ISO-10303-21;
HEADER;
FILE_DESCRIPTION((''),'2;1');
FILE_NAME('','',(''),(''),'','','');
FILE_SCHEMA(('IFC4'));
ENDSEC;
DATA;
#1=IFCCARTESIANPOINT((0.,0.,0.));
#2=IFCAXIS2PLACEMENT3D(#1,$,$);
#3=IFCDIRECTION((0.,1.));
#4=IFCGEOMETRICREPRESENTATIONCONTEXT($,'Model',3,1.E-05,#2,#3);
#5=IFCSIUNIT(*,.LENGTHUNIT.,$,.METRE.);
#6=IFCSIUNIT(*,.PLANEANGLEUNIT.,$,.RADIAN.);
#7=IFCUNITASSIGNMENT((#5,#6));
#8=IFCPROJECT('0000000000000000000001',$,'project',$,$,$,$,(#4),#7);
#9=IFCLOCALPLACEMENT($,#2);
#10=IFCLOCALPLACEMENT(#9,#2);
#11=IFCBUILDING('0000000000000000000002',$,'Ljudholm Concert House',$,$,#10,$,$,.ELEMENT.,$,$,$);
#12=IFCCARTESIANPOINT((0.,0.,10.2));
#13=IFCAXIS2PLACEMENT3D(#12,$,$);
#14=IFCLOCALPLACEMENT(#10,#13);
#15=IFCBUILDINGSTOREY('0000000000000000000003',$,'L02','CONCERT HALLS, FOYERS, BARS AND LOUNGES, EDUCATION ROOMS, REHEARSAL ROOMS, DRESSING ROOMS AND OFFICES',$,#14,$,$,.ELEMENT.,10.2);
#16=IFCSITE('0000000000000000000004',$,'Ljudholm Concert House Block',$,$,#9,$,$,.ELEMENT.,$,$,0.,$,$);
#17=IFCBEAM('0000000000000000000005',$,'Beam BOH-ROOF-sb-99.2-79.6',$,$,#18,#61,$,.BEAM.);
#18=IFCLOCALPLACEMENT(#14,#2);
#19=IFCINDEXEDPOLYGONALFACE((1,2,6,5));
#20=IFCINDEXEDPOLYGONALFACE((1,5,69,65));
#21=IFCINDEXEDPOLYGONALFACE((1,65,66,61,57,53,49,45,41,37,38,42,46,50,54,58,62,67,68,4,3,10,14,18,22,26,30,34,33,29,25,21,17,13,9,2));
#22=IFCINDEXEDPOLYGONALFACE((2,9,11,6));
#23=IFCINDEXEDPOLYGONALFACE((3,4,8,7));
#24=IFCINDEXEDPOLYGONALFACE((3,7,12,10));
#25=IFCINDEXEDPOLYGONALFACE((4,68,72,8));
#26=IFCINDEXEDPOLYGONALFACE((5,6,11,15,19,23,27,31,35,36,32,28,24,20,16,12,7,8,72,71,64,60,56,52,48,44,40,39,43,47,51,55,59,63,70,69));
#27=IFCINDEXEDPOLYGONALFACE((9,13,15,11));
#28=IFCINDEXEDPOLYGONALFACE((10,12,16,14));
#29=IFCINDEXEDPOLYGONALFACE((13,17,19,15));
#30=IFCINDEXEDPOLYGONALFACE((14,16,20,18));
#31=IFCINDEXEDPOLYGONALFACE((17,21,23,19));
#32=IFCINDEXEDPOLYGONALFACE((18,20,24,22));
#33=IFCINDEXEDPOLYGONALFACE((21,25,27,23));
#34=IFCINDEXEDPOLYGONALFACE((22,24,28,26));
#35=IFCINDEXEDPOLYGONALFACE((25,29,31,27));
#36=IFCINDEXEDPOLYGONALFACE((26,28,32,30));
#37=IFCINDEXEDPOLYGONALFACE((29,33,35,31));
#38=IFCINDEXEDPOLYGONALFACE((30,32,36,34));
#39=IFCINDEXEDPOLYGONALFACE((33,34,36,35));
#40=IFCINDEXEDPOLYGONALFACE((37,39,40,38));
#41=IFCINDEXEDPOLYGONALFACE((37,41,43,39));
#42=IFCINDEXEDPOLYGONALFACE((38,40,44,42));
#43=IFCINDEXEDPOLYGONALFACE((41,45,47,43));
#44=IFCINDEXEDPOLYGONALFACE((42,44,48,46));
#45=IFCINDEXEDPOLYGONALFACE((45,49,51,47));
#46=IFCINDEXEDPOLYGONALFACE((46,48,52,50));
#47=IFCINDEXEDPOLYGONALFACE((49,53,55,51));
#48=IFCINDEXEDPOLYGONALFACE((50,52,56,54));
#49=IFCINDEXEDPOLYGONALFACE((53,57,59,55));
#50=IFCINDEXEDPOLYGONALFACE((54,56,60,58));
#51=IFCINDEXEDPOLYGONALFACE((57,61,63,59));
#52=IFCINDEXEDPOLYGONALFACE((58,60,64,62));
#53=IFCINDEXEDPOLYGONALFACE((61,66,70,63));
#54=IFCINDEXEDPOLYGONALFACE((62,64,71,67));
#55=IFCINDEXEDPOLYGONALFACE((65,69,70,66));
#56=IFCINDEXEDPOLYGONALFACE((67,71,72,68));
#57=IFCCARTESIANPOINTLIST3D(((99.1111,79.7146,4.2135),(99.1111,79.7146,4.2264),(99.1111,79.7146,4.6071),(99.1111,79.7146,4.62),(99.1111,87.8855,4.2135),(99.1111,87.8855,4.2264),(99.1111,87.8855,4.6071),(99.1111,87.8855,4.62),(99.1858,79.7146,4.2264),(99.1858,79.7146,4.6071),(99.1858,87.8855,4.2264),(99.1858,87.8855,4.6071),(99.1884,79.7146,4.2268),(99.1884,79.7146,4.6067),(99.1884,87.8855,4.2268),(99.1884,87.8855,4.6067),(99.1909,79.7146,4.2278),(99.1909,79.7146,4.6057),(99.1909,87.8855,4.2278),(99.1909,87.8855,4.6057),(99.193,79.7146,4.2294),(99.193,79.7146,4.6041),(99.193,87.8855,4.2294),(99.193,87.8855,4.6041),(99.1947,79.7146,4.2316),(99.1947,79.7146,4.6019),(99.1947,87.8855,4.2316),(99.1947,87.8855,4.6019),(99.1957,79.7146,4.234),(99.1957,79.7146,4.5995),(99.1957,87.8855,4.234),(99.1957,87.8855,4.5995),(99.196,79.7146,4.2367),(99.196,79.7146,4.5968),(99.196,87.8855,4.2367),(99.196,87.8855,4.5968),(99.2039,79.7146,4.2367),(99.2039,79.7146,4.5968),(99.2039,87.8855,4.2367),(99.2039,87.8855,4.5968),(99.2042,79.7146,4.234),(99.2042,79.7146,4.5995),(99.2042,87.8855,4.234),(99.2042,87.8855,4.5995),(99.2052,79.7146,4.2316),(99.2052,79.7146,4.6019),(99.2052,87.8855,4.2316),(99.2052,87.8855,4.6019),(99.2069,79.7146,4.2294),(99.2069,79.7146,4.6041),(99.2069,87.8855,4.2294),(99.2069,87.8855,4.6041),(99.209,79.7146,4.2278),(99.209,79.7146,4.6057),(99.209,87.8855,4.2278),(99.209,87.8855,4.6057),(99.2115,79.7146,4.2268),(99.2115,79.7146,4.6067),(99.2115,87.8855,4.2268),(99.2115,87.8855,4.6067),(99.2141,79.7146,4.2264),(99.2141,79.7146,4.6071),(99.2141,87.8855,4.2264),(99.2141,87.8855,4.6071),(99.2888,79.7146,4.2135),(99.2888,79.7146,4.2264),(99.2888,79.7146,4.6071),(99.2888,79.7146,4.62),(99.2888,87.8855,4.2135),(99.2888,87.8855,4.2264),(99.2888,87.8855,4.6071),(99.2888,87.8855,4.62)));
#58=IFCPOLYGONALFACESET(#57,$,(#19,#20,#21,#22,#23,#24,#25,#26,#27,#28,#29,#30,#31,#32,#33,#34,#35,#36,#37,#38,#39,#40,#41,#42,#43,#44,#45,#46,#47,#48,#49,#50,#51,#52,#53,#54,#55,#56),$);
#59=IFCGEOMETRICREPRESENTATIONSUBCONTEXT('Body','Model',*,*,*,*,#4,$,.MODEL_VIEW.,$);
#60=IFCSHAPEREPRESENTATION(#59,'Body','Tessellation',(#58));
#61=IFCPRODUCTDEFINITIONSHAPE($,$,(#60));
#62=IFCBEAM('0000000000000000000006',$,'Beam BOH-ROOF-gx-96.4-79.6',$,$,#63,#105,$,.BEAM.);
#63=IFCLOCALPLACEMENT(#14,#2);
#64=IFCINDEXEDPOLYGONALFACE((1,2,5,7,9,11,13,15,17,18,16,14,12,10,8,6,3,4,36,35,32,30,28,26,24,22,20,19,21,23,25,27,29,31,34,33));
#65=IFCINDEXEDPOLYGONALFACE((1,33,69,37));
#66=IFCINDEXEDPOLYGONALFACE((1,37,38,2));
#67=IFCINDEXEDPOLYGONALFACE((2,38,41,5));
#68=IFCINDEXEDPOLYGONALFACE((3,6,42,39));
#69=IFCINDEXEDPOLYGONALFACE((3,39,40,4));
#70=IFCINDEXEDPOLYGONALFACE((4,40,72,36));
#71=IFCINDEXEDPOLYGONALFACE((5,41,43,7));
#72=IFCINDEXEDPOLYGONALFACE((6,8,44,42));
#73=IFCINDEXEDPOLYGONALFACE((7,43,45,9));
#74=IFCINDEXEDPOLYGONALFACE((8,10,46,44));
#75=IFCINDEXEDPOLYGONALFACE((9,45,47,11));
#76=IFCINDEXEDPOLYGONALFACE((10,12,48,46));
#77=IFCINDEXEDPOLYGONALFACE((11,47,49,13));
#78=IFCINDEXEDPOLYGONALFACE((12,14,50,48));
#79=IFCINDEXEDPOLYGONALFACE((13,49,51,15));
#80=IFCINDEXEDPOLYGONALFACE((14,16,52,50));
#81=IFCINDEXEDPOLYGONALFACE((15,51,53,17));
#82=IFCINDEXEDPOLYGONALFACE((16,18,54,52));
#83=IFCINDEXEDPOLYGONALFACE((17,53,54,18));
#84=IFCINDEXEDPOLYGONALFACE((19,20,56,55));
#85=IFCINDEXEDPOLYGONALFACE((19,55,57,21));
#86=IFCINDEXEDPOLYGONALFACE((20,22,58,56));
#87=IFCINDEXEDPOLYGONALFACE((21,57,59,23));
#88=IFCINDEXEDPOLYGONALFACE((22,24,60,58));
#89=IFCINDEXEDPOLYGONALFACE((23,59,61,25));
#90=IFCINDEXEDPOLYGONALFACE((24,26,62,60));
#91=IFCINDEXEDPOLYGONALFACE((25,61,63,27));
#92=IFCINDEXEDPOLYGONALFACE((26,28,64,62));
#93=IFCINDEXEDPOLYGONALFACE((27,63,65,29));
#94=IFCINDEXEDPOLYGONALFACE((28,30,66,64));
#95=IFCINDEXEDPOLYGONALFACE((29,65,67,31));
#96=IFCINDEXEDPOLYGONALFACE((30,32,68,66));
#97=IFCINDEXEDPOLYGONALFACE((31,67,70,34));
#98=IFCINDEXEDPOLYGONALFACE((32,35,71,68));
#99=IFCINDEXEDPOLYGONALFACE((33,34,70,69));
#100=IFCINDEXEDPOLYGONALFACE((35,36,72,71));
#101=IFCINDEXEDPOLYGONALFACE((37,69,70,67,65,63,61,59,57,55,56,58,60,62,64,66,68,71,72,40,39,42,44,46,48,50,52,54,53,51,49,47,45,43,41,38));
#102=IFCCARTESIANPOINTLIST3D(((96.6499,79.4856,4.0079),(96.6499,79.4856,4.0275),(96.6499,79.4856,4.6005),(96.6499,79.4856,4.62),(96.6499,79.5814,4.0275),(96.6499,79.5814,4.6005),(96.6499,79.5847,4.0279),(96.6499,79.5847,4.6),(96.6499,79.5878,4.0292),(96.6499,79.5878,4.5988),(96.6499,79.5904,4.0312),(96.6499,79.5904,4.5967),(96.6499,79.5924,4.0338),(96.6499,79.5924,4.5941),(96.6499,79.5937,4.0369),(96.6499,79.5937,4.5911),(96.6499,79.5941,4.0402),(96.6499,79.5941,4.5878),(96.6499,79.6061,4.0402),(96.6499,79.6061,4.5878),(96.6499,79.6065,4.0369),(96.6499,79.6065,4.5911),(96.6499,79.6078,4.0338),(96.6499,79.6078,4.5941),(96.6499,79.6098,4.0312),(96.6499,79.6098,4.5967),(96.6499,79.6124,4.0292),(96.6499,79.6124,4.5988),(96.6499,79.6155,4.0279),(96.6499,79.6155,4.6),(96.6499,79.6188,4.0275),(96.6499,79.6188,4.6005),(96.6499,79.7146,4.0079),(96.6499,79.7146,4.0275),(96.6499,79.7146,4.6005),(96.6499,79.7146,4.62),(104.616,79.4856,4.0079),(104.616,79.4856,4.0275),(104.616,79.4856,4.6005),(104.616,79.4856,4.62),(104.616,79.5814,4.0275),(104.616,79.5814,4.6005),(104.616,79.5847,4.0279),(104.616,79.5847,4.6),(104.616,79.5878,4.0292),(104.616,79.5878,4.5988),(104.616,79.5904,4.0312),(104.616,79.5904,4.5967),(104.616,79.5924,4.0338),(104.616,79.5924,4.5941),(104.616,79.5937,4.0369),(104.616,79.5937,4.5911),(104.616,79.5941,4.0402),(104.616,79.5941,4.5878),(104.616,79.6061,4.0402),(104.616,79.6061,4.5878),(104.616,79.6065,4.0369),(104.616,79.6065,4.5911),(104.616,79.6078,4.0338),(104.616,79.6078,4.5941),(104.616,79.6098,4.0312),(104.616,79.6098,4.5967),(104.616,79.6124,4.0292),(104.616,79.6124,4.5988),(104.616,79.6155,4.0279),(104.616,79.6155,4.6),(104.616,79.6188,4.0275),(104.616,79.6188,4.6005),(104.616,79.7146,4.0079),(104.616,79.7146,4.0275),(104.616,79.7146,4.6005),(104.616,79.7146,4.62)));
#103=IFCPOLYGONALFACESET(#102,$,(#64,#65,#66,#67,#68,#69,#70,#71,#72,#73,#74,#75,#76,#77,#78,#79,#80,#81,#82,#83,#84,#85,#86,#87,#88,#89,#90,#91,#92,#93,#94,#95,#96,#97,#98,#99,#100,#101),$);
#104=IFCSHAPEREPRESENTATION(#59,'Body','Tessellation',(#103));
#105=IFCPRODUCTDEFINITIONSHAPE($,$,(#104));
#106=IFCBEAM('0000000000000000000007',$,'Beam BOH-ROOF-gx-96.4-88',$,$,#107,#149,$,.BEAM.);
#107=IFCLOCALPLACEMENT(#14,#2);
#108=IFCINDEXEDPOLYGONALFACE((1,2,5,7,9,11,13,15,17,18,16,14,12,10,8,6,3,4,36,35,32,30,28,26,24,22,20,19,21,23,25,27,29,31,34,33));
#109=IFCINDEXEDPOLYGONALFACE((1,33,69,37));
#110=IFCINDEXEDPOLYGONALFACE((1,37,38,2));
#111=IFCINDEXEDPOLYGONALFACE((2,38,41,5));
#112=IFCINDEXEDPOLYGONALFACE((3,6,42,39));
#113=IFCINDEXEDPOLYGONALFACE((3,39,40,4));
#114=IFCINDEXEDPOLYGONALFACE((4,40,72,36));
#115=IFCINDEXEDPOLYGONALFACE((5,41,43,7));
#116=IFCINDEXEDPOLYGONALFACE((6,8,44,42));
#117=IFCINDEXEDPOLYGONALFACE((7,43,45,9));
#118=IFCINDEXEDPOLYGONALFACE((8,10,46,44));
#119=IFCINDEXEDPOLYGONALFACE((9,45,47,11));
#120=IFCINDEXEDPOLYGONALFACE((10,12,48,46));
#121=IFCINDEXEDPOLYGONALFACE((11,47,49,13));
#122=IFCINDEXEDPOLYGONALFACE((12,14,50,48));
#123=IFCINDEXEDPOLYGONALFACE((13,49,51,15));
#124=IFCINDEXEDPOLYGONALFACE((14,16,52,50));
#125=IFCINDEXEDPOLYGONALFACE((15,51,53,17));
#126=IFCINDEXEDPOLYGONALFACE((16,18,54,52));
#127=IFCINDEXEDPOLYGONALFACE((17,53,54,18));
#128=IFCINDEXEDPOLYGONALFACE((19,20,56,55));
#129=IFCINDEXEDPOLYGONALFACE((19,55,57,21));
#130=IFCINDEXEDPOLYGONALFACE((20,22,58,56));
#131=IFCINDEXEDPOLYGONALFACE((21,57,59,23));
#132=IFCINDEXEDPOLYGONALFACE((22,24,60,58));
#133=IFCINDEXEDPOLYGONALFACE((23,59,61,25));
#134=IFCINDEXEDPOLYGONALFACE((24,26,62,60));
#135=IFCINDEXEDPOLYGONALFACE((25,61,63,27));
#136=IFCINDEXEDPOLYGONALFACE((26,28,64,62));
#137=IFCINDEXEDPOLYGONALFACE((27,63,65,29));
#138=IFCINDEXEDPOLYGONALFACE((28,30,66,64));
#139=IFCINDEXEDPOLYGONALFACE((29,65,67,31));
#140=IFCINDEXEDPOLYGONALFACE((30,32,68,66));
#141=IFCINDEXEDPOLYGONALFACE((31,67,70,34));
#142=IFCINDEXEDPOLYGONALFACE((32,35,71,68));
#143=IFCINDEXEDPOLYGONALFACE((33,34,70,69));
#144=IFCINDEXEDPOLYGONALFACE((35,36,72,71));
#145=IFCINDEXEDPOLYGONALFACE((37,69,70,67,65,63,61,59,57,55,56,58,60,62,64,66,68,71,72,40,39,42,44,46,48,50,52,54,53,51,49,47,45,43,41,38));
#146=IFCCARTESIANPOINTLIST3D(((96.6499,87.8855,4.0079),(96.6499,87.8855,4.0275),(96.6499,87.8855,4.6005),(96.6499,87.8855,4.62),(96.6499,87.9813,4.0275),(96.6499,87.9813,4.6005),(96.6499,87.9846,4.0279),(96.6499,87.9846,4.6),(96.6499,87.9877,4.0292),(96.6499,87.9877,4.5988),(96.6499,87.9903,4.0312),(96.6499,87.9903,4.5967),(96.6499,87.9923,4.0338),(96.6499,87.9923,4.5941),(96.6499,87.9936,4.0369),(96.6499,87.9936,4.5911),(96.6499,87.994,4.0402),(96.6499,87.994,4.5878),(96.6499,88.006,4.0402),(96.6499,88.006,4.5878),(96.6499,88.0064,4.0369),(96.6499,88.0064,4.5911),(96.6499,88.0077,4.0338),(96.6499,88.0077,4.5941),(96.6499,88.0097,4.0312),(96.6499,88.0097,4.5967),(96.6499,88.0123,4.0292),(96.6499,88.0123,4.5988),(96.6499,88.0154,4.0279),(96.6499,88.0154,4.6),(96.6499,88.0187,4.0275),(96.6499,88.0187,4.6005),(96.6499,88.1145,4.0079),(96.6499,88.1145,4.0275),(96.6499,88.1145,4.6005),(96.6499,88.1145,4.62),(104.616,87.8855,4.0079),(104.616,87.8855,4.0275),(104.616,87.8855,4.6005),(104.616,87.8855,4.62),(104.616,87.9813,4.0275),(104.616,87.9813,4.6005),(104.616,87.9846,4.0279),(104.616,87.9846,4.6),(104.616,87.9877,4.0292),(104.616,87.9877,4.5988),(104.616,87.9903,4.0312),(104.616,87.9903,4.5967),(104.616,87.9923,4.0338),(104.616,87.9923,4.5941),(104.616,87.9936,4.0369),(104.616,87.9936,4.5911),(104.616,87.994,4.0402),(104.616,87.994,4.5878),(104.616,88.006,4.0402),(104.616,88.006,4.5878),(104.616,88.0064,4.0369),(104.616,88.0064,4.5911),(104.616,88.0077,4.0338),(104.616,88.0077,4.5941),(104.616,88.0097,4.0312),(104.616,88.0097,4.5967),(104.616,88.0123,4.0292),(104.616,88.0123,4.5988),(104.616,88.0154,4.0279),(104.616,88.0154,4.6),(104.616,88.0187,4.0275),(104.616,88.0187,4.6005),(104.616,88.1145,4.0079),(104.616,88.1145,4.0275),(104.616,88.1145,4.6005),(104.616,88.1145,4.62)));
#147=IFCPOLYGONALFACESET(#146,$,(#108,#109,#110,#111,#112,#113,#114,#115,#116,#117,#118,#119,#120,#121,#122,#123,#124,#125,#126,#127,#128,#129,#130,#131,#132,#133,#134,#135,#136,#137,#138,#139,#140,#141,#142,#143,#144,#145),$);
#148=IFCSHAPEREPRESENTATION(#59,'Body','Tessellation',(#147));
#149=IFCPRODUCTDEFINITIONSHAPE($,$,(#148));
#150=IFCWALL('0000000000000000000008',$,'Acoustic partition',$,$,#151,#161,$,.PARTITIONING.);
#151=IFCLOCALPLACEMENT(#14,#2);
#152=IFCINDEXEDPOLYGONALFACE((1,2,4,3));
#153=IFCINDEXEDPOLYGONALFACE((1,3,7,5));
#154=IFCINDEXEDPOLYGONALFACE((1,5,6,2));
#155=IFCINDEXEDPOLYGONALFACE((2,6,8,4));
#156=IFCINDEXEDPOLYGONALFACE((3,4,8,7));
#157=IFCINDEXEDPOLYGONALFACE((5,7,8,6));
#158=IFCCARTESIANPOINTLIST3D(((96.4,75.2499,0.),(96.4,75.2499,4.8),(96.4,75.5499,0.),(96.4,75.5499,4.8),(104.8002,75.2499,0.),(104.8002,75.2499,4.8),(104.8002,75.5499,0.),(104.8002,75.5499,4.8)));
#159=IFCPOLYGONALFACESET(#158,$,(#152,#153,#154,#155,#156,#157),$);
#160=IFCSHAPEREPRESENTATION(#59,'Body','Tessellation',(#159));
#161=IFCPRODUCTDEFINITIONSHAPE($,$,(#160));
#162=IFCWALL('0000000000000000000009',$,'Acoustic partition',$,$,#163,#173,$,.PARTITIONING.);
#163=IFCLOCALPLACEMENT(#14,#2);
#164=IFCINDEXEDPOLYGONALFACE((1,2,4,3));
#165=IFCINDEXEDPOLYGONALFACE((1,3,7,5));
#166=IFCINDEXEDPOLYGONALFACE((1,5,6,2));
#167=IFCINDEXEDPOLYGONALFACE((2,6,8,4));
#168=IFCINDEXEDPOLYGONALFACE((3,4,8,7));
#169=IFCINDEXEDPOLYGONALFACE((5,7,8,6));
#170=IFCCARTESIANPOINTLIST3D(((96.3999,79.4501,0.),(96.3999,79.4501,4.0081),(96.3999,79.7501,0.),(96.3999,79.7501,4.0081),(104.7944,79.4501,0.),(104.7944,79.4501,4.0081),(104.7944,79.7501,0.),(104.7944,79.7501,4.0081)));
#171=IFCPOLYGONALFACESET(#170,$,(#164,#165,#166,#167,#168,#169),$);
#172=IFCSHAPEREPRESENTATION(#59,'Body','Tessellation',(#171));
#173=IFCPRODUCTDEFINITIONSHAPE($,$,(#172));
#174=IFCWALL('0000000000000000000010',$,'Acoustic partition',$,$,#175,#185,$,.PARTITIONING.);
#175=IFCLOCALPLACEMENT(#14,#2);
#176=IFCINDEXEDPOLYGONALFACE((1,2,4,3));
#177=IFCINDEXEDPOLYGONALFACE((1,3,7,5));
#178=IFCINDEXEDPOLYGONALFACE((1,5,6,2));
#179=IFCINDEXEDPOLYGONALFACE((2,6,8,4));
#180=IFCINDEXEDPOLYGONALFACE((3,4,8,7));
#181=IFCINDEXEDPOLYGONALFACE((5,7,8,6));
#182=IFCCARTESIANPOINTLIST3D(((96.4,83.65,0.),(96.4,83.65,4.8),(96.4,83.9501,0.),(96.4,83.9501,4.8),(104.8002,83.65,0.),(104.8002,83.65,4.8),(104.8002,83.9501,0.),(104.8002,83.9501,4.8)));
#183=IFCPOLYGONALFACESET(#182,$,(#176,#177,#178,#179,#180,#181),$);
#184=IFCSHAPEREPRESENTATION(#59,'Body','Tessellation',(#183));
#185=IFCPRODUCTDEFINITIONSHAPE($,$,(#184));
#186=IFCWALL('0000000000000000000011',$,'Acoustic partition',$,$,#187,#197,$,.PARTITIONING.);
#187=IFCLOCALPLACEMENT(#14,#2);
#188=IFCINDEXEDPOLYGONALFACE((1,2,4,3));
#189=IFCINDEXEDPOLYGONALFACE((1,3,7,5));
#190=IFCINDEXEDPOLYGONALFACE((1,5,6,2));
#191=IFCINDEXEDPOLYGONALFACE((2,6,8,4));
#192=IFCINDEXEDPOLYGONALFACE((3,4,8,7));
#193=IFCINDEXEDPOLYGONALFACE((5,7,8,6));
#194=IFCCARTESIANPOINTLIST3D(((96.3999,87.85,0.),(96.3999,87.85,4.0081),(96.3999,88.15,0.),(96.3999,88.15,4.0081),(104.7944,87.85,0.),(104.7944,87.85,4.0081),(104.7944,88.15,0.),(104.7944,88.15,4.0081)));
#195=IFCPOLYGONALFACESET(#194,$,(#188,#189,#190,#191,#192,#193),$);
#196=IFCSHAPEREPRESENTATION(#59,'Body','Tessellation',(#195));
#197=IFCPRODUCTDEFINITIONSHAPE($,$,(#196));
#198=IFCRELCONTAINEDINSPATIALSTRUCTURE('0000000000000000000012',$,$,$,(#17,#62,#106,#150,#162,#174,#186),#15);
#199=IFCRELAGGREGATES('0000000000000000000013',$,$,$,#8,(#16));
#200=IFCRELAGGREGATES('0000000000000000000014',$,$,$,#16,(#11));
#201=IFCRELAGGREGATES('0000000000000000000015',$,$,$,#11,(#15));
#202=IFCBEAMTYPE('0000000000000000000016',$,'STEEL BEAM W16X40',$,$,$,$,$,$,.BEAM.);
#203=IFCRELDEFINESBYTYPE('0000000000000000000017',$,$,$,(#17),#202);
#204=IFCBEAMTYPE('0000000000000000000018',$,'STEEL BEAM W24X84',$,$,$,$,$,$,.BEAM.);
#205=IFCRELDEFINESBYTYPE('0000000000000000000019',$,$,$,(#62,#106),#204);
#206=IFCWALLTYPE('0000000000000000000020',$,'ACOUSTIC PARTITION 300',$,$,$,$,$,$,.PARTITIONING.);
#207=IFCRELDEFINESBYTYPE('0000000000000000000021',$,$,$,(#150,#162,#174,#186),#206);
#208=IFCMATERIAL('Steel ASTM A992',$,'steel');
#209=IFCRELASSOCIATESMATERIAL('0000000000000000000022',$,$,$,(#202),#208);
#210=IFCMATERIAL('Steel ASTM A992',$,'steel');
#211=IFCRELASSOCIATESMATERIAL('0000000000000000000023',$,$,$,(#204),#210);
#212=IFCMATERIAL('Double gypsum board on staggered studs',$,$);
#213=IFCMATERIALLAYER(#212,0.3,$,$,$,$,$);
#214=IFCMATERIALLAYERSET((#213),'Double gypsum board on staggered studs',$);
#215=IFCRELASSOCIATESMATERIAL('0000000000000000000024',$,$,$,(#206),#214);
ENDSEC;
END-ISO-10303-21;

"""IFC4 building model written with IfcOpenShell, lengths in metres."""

from ifc_helpers import new_model, si_unit, direction, frame, frame_2d, origin, origin_2d, place, context, subcontext, project, spatial, rectangle, i_section, extrude, material, layer, layer_set, material_profile, profile_set, type_object, element, save


model = new_model("IFC4")

# Units and contexts
model_context = context("Model", 3, precision=1e-05, world=origin(), true_north=direction((0.0, 1.0)))
body_context = subcontext(model_context, "Body", "Model", "MODEL_VIEW")
ifc_project = project(units=[si_unit("LENGTHUNIT", "METRE"), si_unit("PLANEANGLEUNIT", "RADIAN")], contexts=[model_context])

# Site, building, storey
site_placement = place(None, origin())
site = spatial("IfcSite", under=ifc_project, at=site_placement, Name="Ljudholm Concert House Block", CompositionType="ELEMENT", RefElevation=0.0)
building_placement = place(site_placement, origin())
building = spatial("IfcBuilding", under=site, at=building_placement, Name="Ljudholm Concert House", CompositionType="ELEMENT")
storey_placement = place(building_placement, frame((0.0, 0.0, 10.2)))
storey = spatial("IfcBuildingStorey", under=building, at=storey_placement, Name="L02", Description="CONCERT HALLS, FOYERS, BARS AND LOUNGES, EDUCATION ROOMS, REHEARSAL ROOMS, DRESSING ROOMS AND OFFICES", CompositionType="ELEMENT", Elevation=10.2)

# Beams
ifc_material_1 = material(Name="Steel ASTM A992", Category="steel")
ifc_material_profile_1 = material_profile(ifc_material_1, i_section(OverallWidth=0.1777, OverallDepth=0.4065, WebThickness=0.0078, FlangeThickness=0.0129, FilletRadius=0.0103, at=origin_2d()), Name="W16X40")
ifc_profile_set_1 = profile_set([ifc_material_profile_1], Name="Steel ASTM A992")
beam_type_1 = type_object("IfcBeamType", Name="STEEL BEAM W16X40", PredefinedType="BEAM", material=ifc_profile_set_1)
beam_1_placement = place(storey_placement, frame((99.2, 79.7146, 4.4167), z_axis=(0.0, 1.0, 0.0), x_axis=(-1.0, 0.0, 0.0)))
element("IfcBeam", 1, at=beam_1_placement, inside=storey, type_object=beam_type_1, Name="Beam BOH-ROOF-sb-99.2-79.6", PredefinedType="BEAM", context=body_context, shape_type="SweptSolid", body=[
    extrude(i_section(OverallWidth=0.1777, OverallDepth=0.4065, WebThickness=0.0078, FlangeThickness=0.0129, FilletRadius=0.0103, at=origin_2d()), origin(), (0.0, 0.0, 1.0), 8.1709),
])
ifc_material_2 = material(Name="Steel ASTM A992", Category="steel")
ifc_material_profile_2 = material_profile(ifc_material_2, i_section(OverallWidth=0.229, OverallDepth=0.6121, WebThickness=0.012, FlangeThickness=0.0195, FilletRadius=0.0127, at=origin_2d()), Name="W24X84")
ifc_profile_set_2 = profile_set([ifc_material_profile_2], Name="Steel ASTM A992")
beam_type_2 = type_object("IfcBeamType", Name="STEEL BEAM W24X84", PredefinedType="BEAM", material=ifc_profile_set_2)
for number, where, z_axis, x_axis, name in (
    (2, (96.6499, 79.6001, 4.314), (1.0, 0.0, 0.0), (0.0, 1.0, 0.0), "Beam BOH-ROOF-gx-96.4-79.6"),
    (3, (96.6499, 88.0, 4.314), (1.0, 0.0, 0.0), (0.0, 1.0, 0.0), "Beam BOH-ROOF-gx-96.4-88"),
):
    element("IfcBeam", number, at=place(storey_placement, frame(where, z_axis=z_axis, x_axis=x_axis)), inside=storey, type_object=beam_type_2, Name=name, PredefinedType="BEAM", context=body_context, shape_type="SweptSolid", body=[
        extrude(i_section(OverallWidth=0.229, OverallDepth=0.6121, WebThickness=0.012, FlangeThickness=0.0195, FilletRadius=0.0127, at=origin_2d()), origin(), (0.0, 0.0, 1.0), 7.9661),
    ])

# Walls
ifc_material_3 = material(Name="Double gypsum board on staggered studs")
ifc_layer_1 = layer(ifc_material_3, 0.3)
ifc_layer_set_1 = layer_set([ifc_layer_1], Name="Double gypsum board on staggered studs")
wall_type_1 = type_object("IfcWallType", Name="ACOUSTIC PARTITION 300", PredefinedType="PARTITIONING", material=ifc_layer_set_1)
wall_1_placement = place(storey_placement, frame((96.3999, 75.3999, 0.0), z_axis=(0.0, 0.0, 1.0), x_axis=(1.0, 0.0, 0.0)))
element("IfcWall", 4, at=wall_1_placement, inside=storey, type_object=wall_type_1, Name="Acoustic partition", PredefinedType="PARTITIONING", context=body_context, shape_type="SweptSolid", body=[
    extrude(rectangle(XDim=8.4001, YDim=0.3, at=frame_2d((4.2002, 0.0))), origin(), (0.0, 0.0, 1.0), 4.8),
])
wall_2_placement = place(storey_placement, frame((96.3999, 79.6001, 0.0), z_axis=(0.0, 0.0, 1.0), x_axis=(1.0, 0.0, 0.0)))
element("IfcWall", 5, at=wall_2_placement, inside=storey, type_object=wall_type_1, Name="Acoustic partition", PredefinedType="PARTITIONING", context=body_context, shape_type="SweptSolid", body=[
    extrude(rectangle(XDim=8.3945, YDim=0.3, at=frame_2d((4.1973, 0.0))), origin(), (0.0, 0.0, 1.0), 4.0081),
])
wall_3_placement = place(storey_placement, frame((96.3999, 83.8, 0.0), z_axis=(0.0, 0.0, 1.0), x_axis=(1.0, 0.0, 0.0)))
element("IfcWall", 6, at=wall_3_placement, inside=storey, type_object=wall_type_1, Name="Acoustic partition", PredefinedType="PARTITIONING", context=body_context, shape_type="SweptSolid", body=[
    extrude(rectangle(XDim=8.4001, YDim=0.3, at=frame_2d((4.2002, 0.0))), origin(), (0.0, 0.0, 1.0), 4.8),
])
wall_4_placement = place(storey_placement, frame((96.3999, 88.0, 0.0), z_axis=(0.0, 0.0, 1.0), x_axis=(1.0, 0.0, 0.0)))
element("IfcWall", 7, at=wall_4_placement, inside=storey, type_object=wall_type_1, Name="Acoustic partition", PredefinedType="PARTITIONING", context=body_context, shape_type="SweptSolid", body=[
    extrude(rectangle(XDim=8.3945, YDim=0.3, at=frame_2d((4.1973, 0.0))), origin(), (0.0, 0.0, 1.0), 4.0081),
])

save(model, "model.ifc")
